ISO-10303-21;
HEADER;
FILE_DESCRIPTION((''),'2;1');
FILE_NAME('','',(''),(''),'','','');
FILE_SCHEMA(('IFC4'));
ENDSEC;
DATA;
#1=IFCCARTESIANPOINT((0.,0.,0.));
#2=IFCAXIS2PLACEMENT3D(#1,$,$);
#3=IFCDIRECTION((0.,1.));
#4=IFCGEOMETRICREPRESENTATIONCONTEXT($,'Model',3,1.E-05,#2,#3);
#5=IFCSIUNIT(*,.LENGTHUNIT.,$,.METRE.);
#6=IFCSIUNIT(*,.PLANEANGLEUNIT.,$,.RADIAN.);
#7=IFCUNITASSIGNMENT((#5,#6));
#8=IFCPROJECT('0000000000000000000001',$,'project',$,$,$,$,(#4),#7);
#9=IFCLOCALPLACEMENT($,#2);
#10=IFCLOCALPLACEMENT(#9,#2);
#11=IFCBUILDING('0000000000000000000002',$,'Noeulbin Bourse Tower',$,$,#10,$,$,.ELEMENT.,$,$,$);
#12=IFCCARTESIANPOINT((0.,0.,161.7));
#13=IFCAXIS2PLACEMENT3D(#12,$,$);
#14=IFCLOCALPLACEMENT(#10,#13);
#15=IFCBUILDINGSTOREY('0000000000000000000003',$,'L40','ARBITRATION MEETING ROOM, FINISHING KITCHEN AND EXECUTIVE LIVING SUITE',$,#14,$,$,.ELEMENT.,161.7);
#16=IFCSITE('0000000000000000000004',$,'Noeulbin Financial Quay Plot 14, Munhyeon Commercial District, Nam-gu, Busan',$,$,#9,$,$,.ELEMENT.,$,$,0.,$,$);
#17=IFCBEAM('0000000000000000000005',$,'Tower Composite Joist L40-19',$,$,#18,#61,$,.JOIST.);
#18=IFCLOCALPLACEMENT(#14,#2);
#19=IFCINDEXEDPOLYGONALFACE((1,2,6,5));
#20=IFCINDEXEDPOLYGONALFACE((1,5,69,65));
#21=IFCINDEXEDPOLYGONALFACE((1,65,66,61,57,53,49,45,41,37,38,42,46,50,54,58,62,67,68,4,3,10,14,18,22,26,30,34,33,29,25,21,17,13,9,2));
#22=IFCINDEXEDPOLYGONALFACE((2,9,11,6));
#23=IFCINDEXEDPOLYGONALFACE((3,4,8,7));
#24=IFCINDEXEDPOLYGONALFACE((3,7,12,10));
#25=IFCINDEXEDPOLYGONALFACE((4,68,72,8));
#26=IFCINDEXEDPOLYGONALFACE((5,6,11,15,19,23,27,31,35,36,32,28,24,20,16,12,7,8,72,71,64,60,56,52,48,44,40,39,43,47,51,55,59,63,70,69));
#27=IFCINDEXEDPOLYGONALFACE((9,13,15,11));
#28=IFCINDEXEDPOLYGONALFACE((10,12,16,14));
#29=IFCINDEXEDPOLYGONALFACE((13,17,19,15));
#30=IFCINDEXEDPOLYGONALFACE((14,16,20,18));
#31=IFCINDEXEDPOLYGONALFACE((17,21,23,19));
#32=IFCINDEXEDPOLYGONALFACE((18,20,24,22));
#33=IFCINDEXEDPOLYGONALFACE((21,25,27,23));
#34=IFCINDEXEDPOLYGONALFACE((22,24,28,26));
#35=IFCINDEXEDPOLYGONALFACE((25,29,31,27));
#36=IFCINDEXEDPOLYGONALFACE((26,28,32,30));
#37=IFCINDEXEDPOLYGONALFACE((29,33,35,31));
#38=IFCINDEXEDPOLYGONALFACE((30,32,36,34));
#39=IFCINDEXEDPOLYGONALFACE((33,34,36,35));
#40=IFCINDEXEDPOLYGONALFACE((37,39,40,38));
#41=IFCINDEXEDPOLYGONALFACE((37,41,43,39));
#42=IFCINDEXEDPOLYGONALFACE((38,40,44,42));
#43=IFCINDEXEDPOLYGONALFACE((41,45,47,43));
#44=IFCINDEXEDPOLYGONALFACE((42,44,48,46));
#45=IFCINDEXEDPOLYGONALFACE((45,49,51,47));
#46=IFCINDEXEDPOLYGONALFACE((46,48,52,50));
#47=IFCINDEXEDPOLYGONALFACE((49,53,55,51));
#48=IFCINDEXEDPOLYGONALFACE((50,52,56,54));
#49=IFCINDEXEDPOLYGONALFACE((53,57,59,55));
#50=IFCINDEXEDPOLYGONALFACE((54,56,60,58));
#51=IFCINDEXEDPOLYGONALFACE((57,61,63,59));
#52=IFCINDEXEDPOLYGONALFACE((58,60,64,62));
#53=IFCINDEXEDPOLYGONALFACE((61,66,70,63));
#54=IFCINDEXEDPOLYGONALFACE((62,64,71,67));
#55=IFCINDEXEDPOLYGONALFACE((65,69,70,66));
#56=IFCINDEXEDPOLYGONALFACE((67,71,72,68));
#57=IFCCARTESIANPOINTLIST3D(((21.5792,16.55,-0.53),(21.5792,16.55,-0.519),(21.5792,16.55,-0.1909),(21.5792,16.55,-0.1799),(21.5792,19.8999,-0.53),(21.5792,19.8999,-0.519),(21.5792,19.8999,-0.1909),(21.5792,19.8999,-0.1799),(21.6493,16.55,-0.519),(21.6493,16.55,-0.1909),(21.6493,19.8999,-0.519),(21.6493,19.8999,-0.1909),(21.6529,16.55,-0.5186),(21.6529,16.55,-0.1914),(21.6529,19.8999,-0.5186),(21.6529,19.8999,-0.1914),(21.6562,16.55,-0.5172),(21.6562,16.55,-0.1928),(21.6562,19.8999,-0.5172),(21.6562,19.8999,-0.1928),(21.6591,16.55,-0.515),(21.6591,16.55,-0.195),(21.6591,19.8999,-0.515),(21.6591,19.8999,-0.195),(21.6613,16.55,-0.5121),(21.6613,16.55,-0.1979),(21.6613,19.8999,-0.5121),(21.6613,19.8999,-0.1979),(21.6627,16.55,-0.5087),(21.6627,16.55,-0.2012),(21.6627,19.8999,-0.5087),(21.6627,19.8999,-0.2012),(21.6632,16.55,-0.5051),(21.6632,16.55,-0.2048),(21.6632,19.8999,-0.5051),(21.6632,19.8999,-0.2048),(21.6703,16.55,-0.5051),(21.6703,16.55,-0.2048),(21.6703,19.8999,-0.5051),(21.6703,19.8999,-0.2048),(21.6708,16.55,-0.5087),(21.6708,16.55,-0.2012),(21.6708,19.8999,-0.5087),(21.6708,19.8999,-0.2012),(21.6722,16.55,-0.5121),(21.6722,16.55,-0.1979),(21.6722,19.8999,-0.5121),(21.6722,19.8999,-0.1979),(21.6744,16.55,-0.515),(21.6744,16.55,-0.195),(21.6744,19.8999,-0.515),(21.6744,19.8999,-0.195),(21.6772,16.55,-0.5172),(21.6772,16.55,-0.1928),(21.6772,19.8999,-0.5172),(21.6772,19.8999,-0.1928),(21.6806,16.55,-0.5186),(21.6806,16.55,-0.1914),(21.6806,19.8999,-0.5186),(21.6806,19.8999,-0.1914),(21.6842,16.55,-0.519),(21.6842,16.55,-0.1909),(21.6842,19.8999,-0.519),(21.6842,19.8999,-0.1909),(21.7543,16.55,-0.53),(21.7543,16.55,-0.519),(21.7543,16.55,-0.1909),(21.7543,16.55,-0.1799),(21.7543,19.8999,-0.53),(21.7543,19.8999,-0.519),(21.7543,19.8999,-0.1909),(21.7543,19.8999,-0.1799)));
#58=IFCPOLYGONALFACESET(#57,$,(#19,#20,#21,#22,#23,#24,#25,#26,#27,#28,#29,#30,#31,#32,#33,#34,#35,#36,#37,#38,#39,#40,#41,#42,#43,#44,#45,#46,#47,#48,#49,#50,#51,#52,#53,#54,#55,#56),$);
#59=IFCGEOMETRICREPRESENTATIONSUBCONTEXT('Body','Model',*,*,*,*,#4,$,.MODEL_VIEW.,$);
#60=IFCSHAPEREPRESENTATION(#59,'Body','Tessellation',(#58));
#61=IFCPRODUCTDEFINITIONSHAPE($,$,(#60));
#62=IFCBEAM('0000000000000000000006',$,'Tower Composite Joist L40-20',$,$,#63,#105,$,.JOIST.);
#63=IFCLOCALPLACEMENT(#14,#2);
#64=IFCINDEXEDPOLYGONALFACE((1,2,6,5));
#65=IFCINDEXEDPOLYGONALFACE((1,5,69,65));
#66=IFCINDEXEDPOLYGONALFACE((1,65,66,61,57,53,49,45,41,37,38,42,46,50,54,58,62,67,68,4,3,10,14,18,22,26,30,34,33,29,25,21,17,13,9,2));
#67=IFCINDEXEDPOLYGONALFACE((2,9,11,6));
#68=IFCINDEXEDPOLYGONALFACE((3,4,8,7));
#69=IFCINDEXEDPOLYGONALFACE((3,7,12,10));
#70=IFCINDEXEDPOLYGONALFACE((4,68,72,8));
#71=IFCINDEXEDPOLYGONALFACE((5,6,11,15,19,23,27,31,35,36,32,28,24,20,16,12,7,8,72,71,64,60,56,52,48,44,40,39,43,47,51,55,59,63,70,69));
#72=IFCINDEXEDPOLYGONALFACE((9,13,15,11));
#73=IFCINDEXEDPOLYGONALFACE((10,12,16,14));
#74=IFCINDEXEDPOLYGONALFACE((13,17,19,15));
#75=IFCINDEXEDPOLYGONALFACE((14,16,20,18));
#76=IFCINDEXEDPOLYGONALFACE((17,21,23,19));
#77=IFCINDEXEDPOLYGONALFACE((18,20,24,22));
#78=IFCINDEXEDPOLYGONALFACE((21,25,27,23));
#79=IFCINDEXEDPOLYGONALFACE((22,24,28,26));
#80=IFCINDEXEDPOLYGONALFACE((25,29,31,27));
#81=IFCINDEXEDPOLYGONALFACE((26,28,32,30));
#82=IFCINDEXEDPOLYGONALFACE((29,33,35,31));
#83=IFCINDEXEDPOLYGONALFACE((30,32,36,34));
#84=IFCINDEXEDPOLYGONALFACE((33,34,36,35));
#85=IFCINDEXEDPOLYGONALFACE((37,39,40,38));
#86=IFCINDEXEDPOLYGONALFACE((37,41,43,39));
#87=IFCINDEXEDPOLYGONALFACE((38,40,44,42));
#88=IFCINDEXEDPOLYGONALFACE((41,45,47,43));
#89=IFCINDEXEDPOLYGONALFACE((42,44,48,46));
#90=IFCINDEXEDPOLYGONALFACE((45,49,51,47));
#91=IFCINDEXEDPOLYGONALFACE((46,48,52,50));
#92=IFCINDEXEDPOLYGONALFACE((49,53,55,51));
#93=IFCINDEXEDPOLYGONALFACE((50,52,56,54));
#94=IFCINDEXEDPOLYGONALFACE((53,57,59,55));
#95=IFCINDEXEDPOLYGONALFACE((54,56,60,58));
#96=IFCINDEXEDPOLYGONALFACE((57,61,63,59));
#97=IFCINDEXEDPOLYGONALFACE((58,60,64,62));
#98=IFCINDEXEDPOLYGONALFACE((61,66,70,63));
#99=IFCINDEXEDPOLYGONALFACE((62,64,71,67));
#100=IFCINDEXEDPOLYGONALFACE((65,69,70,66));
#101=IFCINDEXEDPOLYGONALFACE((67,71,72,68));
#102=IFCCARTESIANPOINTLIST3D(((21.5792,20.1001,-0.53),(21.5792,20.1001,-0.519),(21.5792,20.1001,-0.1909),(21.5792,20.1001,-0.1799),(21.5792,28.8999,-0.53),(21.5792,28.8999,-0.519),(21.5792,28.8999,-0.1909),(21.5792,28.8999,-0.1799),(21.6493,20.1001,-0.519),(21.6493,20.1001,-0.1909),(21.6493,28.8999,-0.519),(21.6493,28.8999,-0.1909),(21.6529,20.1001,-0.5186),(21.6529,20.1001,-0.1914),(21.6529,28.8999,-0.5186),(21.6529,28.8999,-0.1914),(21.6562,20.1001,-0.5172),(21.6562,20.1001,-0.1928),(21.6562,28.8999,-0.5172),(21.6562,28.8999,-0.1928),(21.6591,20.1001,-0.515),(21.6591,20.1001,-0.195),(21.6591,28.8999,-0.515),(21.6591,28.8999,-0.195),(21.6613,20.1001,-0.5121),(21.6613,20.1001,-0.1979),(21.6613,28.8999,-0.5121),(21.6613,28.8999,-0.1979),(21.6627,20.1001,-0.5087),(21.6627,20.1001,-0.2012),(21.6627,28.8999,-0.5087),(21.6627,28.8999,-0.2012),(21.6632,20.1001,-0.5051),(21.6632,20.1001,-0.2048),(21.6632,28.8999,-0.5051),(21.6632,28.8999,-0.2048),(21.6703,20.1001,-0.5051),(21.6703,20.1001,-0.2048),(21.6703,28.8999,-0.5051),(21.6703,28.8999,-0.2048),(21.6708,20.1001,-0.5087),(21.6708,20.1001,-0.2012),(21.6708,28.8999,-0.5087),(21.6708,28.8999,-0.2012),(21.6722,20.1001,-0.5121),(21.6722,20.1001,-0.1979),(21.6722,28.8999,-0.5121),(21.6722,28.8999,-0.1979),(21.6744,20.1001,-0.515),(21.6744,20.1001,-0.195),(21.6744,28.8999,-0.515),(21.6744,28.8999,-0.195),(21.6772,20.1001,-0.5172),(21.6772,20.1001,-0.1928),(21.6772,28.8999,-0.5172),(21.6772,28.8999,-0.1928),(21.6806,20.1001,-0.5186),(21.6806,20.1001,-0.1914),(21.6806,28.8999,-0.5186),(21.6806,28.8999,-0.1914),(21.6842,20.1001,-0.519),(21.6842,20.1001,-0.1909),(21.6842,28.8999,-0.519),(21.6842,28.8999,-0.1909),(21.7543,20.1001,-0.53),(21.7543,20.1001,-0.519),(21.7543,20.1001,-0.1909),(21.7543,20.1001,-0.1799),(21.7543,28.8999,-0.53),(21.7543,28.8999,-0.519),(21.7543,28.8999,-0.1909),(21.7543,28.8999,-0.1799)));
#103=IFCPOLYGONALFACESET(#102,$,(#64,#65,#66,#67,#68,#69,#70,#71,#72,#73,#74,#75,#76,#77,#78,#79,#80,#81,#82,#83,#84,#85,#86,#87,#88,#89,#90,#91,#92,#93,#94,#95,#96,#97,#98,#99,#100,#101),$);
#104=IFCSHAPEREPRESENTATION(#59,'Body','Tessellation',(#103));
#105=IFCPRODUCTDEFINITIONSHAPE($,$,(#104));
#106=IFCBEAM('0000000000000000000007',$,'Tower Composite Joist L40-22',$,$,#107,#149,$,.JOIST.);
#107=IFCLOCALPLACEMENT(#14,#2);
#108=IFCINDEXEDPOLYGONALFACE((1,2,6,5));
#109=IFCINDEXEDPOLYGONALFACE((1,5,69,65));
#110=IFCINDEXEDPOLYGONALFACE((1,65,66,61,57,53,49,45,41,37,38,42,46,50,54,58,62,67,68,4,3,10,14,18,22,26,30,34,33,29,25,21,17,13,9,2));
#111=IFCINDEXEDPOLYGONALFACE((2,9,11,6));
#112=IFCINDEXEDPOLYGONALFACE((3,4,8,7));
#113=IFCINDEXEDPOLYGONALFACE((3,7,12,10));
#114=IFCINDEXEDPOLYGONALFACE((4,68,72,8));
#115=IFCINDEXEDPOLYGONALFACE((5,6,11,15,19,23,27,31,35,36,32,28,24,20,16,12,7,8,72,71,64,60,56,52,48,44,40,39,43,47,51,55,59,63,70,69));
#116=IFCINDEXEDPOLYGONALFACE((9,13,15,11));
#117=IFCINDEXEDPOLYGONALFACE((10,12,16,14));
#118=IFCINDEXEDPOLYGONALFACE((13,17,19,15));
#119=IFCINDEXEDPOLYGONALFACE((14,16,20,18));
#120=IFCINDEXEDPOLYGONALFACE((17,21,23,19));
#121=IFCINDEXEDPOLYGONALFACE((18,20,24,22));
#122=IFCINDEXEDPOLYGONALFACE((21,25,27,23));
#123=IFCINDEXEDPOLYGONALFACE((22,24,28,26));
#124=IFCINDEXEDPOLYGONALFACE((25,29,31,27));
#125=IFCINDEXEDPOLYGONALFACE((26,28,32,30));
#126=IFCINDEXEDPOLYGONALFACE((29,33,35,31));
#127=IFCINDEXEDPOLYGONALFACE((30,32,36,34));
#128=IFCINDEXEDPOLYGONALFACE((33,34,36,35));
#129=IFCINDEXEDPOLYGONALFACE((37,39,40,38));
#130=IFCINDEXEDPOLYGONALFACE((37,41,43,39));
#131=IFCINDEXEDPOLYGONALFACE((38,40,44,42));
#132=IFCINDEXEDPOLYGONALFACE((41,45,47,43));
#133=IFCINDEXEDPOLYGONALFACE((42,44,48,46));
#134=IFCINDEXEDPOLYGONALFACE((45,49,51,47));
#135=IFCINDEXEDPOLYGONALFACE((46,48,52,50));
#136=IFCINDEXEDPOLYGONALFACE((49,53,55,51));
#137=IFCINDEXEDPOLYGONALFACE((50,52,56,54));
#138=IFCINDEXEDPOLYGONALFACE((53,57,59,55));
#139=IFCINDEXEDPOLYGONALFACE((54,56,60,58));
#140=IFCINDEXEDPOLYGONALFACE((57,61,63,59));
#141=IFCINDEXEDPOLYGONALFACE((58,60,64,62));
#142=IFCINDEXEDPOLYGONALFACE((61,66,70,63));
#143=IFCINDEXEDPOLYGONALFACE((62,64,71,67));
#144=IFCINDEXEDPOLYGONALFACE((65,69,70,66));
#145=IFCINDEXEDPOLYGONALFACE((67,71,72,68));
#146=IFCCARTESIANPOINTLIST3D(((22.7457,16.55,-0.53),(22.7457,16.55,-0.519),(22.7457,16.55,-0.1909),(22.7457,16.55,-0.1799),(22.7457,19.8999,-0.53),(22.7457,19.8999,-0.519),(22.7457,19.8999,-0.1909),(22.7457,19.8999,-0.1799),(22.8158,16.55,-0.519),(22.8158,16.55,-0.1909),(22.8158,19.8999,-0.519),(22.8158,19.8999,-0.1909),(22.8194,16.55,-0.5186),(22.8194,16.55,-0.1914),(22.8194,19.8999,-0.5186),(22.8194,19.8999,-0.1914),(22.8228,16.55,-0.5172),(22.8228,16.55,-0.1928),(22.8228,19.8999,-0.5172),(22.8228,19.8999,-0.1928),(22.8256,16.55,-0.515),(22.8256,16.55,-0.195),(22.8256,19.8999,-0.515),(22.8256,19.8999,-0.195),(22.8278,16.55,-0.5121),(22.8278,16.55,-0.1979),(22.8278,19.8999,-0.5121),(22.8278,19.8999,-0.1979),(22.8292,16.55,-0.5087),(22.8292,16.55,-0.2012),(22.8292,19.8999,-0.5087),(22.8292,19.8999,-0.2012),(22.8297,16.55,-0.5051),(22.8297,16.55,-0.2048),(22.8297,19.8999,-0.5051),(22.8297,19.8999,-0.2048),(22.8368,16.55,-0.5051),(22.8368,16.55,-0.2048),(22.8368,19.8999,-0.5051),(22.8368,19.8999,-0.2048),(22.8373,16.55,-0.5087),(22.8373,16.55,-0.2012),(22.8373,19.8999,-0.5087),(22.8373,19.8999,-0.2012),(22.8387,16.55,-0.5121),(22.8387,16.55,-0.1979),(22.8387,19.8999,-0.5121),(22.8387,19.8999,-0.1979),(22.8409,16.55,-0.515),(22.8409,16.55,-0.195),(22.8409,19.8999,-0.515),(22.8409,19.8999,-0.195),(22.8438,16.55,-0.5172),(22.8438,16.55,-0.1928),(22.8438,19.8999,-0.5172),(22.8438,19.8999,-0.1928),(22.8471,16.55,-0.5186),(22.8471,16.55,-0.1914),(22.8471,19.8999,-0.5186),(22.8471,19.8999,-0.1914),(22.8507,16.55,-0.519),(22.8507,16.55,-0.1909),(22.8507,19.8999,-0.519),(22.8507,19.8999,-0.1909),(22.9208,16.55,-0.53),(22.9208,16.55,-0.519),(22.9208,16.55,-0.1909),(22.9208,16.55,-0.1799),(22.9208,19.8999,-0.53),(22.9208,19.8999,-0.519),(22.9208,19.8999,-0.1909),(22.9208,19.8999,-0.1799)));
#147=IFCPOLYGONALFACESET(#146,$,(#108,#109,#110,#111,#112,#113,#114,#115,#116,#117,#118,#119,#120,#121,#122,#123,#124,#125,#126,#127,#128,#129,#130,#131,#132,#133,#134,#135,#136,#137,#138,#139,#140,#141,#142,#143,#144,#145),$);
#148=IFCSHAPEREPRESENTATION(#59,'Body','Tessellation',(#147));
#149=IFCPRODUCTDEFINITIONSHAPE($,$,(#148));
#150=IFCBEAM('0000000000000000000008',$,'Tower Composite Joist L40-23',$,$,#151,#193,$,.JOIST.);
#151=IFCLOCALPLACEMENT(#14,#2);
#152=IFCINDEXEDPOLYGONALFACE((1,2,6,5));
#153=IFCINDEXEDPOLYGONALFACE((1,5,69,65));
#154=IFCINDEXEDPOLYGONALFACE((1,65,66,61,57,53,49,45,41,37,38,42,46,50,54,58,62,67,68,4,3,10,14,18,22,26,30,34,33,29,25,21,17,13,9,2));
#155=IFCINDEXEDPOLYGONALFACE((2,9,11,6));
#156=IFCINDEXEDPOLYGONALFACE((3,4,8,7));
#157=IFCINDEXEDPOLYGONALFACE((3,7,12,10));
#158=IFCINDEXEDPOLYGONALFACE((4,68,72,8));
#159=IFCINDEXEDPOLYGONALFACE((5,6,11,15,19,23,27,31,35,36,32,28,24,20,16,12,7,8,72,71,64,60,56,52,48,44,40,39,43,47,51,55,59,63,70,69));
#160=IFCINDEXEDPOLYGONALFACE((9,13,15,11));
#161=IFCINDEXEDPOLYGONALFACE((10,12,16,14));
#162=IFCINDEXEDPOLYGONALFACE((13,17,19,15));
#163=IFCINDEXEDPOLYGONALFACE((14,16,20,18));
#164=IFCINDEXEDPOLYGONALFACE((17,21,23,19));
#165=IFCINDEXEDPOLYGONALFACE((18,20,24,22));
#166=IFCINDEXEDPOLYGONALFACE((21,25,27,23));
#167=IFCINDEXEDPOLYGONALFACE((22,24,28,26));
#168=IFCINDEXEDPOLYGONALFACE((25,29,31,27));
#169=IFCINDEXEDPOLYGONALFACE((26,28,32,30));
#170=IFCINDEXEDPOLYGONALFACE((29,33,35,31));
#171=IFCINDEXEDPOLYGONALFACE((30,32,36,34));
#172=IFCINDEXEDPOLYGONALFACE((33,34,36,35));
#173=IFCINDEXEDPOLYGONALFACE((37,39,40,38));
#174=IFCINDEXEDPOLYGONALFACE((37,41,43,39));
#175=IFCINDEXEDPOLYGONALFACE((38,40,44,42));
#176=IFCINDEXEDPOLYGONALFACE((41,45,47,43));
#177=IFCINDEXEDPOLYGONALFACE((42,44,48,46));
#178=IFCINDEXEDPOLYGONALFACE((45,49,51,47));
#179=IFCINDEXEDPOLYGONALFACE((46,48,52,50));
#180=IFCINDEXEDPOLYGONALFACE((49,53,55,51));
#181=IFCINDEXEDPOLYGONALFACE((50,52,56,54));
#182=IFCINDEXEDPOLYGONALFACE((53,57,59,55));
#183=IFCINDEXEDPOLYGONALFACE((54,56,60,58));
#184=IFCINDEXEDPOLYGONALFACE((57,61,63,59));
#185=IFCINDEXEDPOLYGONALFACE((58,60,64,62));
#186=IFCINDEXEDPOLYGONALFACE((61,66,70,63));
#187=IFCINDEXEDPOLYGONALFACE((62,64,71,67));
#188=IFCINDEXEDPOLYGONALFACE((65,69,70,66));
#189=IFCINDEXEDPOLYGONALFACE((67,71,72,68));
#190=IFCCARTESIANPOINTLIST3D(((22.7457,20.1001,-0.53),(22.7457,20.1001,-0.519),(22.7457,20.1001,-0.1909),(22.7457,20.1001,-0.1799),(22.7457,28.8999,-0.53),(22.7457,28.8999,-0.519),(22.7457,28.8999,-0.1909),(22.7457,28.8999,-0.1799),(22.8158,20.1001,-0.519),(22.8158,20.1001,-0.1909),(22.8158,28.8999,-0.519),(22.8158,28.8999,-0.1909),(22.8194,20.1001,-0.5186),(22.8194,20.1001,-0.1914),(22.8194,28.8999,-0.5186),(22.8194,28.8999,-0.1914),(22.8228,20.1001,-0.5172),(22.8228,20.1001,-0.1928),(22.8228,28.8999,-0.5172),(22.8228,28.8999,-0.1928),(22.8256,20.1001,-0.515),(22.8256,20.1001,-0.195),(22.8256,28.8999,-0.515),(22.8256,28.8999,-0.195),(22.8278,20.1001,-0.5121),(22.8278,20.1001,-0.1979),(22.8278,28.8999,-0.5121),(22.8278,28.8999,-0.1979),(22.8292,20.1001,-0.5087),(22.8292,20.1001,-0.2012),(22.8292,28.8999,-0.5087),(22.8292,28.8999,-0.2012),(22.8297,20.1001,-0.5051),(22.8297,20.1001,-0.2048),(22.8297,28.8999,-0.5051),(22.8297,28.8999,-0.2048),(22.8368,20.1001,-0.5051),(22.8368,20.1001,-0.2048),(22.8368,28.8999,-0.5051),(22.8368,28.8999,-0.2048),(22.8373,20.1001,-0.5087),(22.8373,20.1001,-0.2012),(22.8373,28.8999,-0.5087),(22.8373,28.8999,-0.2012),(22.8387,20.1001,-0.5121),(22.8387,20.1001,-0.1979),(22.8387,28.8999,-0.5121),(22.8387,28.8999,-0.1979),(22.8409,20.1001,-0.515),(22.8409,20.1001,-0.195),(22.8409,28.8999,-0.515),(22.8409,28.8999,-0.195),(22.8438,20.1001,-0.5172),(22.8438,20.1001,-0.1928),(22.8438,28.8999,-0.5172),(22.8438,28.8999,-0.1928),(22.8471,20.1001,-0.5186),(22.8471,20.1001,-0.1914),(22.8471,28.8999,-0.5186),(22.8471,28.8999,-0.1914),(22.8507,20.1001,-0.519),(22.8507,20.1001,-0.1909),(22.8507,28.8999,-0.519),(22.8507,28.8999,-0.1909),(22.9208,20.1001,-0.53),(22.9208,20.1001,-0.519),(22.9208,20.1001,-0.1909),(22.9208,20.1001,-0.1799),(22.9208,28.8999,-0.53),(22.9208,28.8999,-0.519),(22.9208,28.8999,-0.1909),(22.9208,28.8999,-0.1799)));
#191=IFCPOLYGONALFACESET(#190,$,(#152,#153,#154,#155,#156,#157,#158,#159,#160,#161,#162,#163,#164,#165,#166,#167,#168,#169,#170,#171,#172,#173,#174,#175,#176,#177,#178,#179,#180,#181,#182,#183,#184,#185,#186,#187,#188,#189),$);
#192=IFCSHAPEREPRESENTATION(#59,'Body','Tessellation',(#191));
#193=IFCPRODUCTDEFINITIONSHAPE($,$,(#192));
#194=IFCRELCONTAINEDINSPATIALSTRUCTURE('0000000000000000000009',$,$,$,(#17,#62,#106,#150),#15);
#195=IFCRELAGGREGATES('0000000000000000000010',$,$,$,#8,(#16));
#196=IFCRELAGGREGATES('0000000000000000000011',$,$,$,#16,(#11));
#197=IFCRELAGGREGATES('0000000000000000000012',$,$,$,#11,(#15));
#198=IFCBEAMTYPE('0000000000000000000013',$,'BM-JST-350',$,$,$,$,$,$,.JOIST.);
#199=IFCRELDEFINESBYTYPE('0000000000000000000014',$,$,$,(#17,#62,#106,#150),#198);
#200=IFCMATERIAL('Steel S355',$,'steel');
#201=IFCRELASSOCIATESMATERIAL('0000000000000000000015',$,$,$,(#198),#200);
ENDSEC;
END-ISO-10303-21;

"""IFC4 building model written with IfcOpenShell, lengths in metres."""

from ifc_helpers import new_model, si_unit, direction, frame, origin, origin_2d, place, context, subcontext, project, spatial, i_section, extrude, material, material_profile, profile_set, type_object, element, save


model = new_model("IFC4")

# Units and contexts
model_context = context("Model", 3, precision=1e-05, world=origin(), true_north=direction((0.0, 1.0)))
body_context = subcontext(model_context, "Body", "Model", "MODEL_VIEW")
ifc_project = project(units=[si_unit("LENGTHUNIT", "METRE"), si_unit("PLANEANGLEUNIT", "RADIAN")], contexts=[model_context])

# Site, building, storey
site_placement = place(None, origin())
site = spatial("IfcSite", under=ifc_project, at=site_placement, Name="Noeulbin Financial Quay Plot 14, Munhyeon Commercial District, Nam-gu, Busan", CompositionType="ELEMENT", RefElevation=0.0)
building_placement = place(site_placement, origin())
building = spatial("IfcBuilding", under=site, at=building_placement, Name="Noeulbin Bourse Tower", CompositionType="ELEMENT")
storey_placement = place(building_placement, frame((0.0, 0.0, 161.7)))
storey = spatial("IfcBuildingStorey", under=building, at=storey_placement, Name="L40", Description="ARBITRATION MEETING ROOM, FINISHING KITCHEN AND EXECUTIVE LIVING SUITE", CompositionType="ELEMENT", Elevation=161.7)

# Shared definitions
ifc_material_1 = material(Name="Steel S355", Category="steel")

# Beams
ifc_material_profile_1 = material_profile(ifc_material_1, i_section(OverallWidth=0.175, OverallDepth=0.3501, WebThickness=0.0071, FlangeThickness=0.011, FilletRadius=0.0139, at=origin_2d()), Name="H-350x175x7x11", Category="LoadBearing")
ifc_profile_set_1 = profile_set([ifc_material_profile_1], Name="Steel S355")
beam_type_1 = type_object("IfcBeamType", Name="BM-JST-350", PredefinedType="JOIST", material=ifc_profile_set_1)
beam_1_placement = place(storey_placement, frame((21.6667, 16.55, -0.355), z_axis=(0.0, 1.0, 0.0), x_axis=(-1.0, 0.0, 0.0)))
element("IfcBeam", 1, at=beam_1_placement, inside=storey, type_object=beam_type_1, Name="Tower Composite Joist L40-19", PredefinedType="JOIST", context=body_context, shape_type="SweptSolid", body=[
    extrude(i_section(OverallWidth=0.175, OverallDepth=0.3501, WebThickness=0.0071, FlangeThickness=0.011, FilletRadius=0.0139, at=origin_2d()), origin(), (0.0, 0.0, 1.0), 3.3499),
])
beam_2_placement = place(storey_placement, frame((21.6667, 20.1001, -0.355), z_axis=(0.0, 1.0, 0.0), x_axis=(-1.0, 0.0, 0.0)))
element("IfcBeam", 2, at=beam_2_placement, inside=storey, type_object=beam_type_1, Name="Tower Composite Joist L40-20", PredefinedType="JOIST", context=body_context, shape_type="SweptSolid", body=[
    extrude(i_section(OverallWidth=0.175, OverallDepth=0.3501, WebThickness=0.0071, FlangeThickness=0.011, FilletRadius=0.0139, at=origin_2d()), origin(), (0.0, 0.0, 1.0), 8.7998),
])
beam_3_placement = place(storey_placement, frame((22.8333, 16.55, -0.355), z_axis=(0.0, 1.0, 0.0), x_axis=(-1.0, 0.0, 0.0)))
element("IfcBeam", 3, at=beam_3_placement, inside=storey, type_object=beam_type_1, Name="Tower Composite Joist L40-22", PredefinedType="JOIST", context=body_context, shape_type="SweptSolid", body=[
    extrude(i_section(OverallWidth=0.175, OverallDepth=0.3501, WebThickness=0.0071, FlangeThickness=0.011, FilletRadius=0.0139, at=origin_2d()), origin(), (0.0, 0.0, 1.0), 3.3499),
])
beam_4_placement = place(storey_placement, frame((22.8333, 20.1001, -0.355), z_axis=(0.0, 1.0, 0.0), x_axis=(-1.0, 0.0, 0.0)))
element("IfcBeam", 4, at=beam_4_placement, inside=storey, type_object=beam_type_1, Name="Tower Composite Joist L40-23", PredefinedType="JOIST", context=body_context, shape_type="SweptSolid", body=[
    extrude(i_section(OverallWidth=0.175, OverallDepth=0.3501, WebThickness=0.0071, FlangeThickness=0.011, FilletRadius=0.0139, at=origin_2d()), origin(), (0.0, 0.0, 1.0), 8.7998),
])

save(model, "model.ifc")
